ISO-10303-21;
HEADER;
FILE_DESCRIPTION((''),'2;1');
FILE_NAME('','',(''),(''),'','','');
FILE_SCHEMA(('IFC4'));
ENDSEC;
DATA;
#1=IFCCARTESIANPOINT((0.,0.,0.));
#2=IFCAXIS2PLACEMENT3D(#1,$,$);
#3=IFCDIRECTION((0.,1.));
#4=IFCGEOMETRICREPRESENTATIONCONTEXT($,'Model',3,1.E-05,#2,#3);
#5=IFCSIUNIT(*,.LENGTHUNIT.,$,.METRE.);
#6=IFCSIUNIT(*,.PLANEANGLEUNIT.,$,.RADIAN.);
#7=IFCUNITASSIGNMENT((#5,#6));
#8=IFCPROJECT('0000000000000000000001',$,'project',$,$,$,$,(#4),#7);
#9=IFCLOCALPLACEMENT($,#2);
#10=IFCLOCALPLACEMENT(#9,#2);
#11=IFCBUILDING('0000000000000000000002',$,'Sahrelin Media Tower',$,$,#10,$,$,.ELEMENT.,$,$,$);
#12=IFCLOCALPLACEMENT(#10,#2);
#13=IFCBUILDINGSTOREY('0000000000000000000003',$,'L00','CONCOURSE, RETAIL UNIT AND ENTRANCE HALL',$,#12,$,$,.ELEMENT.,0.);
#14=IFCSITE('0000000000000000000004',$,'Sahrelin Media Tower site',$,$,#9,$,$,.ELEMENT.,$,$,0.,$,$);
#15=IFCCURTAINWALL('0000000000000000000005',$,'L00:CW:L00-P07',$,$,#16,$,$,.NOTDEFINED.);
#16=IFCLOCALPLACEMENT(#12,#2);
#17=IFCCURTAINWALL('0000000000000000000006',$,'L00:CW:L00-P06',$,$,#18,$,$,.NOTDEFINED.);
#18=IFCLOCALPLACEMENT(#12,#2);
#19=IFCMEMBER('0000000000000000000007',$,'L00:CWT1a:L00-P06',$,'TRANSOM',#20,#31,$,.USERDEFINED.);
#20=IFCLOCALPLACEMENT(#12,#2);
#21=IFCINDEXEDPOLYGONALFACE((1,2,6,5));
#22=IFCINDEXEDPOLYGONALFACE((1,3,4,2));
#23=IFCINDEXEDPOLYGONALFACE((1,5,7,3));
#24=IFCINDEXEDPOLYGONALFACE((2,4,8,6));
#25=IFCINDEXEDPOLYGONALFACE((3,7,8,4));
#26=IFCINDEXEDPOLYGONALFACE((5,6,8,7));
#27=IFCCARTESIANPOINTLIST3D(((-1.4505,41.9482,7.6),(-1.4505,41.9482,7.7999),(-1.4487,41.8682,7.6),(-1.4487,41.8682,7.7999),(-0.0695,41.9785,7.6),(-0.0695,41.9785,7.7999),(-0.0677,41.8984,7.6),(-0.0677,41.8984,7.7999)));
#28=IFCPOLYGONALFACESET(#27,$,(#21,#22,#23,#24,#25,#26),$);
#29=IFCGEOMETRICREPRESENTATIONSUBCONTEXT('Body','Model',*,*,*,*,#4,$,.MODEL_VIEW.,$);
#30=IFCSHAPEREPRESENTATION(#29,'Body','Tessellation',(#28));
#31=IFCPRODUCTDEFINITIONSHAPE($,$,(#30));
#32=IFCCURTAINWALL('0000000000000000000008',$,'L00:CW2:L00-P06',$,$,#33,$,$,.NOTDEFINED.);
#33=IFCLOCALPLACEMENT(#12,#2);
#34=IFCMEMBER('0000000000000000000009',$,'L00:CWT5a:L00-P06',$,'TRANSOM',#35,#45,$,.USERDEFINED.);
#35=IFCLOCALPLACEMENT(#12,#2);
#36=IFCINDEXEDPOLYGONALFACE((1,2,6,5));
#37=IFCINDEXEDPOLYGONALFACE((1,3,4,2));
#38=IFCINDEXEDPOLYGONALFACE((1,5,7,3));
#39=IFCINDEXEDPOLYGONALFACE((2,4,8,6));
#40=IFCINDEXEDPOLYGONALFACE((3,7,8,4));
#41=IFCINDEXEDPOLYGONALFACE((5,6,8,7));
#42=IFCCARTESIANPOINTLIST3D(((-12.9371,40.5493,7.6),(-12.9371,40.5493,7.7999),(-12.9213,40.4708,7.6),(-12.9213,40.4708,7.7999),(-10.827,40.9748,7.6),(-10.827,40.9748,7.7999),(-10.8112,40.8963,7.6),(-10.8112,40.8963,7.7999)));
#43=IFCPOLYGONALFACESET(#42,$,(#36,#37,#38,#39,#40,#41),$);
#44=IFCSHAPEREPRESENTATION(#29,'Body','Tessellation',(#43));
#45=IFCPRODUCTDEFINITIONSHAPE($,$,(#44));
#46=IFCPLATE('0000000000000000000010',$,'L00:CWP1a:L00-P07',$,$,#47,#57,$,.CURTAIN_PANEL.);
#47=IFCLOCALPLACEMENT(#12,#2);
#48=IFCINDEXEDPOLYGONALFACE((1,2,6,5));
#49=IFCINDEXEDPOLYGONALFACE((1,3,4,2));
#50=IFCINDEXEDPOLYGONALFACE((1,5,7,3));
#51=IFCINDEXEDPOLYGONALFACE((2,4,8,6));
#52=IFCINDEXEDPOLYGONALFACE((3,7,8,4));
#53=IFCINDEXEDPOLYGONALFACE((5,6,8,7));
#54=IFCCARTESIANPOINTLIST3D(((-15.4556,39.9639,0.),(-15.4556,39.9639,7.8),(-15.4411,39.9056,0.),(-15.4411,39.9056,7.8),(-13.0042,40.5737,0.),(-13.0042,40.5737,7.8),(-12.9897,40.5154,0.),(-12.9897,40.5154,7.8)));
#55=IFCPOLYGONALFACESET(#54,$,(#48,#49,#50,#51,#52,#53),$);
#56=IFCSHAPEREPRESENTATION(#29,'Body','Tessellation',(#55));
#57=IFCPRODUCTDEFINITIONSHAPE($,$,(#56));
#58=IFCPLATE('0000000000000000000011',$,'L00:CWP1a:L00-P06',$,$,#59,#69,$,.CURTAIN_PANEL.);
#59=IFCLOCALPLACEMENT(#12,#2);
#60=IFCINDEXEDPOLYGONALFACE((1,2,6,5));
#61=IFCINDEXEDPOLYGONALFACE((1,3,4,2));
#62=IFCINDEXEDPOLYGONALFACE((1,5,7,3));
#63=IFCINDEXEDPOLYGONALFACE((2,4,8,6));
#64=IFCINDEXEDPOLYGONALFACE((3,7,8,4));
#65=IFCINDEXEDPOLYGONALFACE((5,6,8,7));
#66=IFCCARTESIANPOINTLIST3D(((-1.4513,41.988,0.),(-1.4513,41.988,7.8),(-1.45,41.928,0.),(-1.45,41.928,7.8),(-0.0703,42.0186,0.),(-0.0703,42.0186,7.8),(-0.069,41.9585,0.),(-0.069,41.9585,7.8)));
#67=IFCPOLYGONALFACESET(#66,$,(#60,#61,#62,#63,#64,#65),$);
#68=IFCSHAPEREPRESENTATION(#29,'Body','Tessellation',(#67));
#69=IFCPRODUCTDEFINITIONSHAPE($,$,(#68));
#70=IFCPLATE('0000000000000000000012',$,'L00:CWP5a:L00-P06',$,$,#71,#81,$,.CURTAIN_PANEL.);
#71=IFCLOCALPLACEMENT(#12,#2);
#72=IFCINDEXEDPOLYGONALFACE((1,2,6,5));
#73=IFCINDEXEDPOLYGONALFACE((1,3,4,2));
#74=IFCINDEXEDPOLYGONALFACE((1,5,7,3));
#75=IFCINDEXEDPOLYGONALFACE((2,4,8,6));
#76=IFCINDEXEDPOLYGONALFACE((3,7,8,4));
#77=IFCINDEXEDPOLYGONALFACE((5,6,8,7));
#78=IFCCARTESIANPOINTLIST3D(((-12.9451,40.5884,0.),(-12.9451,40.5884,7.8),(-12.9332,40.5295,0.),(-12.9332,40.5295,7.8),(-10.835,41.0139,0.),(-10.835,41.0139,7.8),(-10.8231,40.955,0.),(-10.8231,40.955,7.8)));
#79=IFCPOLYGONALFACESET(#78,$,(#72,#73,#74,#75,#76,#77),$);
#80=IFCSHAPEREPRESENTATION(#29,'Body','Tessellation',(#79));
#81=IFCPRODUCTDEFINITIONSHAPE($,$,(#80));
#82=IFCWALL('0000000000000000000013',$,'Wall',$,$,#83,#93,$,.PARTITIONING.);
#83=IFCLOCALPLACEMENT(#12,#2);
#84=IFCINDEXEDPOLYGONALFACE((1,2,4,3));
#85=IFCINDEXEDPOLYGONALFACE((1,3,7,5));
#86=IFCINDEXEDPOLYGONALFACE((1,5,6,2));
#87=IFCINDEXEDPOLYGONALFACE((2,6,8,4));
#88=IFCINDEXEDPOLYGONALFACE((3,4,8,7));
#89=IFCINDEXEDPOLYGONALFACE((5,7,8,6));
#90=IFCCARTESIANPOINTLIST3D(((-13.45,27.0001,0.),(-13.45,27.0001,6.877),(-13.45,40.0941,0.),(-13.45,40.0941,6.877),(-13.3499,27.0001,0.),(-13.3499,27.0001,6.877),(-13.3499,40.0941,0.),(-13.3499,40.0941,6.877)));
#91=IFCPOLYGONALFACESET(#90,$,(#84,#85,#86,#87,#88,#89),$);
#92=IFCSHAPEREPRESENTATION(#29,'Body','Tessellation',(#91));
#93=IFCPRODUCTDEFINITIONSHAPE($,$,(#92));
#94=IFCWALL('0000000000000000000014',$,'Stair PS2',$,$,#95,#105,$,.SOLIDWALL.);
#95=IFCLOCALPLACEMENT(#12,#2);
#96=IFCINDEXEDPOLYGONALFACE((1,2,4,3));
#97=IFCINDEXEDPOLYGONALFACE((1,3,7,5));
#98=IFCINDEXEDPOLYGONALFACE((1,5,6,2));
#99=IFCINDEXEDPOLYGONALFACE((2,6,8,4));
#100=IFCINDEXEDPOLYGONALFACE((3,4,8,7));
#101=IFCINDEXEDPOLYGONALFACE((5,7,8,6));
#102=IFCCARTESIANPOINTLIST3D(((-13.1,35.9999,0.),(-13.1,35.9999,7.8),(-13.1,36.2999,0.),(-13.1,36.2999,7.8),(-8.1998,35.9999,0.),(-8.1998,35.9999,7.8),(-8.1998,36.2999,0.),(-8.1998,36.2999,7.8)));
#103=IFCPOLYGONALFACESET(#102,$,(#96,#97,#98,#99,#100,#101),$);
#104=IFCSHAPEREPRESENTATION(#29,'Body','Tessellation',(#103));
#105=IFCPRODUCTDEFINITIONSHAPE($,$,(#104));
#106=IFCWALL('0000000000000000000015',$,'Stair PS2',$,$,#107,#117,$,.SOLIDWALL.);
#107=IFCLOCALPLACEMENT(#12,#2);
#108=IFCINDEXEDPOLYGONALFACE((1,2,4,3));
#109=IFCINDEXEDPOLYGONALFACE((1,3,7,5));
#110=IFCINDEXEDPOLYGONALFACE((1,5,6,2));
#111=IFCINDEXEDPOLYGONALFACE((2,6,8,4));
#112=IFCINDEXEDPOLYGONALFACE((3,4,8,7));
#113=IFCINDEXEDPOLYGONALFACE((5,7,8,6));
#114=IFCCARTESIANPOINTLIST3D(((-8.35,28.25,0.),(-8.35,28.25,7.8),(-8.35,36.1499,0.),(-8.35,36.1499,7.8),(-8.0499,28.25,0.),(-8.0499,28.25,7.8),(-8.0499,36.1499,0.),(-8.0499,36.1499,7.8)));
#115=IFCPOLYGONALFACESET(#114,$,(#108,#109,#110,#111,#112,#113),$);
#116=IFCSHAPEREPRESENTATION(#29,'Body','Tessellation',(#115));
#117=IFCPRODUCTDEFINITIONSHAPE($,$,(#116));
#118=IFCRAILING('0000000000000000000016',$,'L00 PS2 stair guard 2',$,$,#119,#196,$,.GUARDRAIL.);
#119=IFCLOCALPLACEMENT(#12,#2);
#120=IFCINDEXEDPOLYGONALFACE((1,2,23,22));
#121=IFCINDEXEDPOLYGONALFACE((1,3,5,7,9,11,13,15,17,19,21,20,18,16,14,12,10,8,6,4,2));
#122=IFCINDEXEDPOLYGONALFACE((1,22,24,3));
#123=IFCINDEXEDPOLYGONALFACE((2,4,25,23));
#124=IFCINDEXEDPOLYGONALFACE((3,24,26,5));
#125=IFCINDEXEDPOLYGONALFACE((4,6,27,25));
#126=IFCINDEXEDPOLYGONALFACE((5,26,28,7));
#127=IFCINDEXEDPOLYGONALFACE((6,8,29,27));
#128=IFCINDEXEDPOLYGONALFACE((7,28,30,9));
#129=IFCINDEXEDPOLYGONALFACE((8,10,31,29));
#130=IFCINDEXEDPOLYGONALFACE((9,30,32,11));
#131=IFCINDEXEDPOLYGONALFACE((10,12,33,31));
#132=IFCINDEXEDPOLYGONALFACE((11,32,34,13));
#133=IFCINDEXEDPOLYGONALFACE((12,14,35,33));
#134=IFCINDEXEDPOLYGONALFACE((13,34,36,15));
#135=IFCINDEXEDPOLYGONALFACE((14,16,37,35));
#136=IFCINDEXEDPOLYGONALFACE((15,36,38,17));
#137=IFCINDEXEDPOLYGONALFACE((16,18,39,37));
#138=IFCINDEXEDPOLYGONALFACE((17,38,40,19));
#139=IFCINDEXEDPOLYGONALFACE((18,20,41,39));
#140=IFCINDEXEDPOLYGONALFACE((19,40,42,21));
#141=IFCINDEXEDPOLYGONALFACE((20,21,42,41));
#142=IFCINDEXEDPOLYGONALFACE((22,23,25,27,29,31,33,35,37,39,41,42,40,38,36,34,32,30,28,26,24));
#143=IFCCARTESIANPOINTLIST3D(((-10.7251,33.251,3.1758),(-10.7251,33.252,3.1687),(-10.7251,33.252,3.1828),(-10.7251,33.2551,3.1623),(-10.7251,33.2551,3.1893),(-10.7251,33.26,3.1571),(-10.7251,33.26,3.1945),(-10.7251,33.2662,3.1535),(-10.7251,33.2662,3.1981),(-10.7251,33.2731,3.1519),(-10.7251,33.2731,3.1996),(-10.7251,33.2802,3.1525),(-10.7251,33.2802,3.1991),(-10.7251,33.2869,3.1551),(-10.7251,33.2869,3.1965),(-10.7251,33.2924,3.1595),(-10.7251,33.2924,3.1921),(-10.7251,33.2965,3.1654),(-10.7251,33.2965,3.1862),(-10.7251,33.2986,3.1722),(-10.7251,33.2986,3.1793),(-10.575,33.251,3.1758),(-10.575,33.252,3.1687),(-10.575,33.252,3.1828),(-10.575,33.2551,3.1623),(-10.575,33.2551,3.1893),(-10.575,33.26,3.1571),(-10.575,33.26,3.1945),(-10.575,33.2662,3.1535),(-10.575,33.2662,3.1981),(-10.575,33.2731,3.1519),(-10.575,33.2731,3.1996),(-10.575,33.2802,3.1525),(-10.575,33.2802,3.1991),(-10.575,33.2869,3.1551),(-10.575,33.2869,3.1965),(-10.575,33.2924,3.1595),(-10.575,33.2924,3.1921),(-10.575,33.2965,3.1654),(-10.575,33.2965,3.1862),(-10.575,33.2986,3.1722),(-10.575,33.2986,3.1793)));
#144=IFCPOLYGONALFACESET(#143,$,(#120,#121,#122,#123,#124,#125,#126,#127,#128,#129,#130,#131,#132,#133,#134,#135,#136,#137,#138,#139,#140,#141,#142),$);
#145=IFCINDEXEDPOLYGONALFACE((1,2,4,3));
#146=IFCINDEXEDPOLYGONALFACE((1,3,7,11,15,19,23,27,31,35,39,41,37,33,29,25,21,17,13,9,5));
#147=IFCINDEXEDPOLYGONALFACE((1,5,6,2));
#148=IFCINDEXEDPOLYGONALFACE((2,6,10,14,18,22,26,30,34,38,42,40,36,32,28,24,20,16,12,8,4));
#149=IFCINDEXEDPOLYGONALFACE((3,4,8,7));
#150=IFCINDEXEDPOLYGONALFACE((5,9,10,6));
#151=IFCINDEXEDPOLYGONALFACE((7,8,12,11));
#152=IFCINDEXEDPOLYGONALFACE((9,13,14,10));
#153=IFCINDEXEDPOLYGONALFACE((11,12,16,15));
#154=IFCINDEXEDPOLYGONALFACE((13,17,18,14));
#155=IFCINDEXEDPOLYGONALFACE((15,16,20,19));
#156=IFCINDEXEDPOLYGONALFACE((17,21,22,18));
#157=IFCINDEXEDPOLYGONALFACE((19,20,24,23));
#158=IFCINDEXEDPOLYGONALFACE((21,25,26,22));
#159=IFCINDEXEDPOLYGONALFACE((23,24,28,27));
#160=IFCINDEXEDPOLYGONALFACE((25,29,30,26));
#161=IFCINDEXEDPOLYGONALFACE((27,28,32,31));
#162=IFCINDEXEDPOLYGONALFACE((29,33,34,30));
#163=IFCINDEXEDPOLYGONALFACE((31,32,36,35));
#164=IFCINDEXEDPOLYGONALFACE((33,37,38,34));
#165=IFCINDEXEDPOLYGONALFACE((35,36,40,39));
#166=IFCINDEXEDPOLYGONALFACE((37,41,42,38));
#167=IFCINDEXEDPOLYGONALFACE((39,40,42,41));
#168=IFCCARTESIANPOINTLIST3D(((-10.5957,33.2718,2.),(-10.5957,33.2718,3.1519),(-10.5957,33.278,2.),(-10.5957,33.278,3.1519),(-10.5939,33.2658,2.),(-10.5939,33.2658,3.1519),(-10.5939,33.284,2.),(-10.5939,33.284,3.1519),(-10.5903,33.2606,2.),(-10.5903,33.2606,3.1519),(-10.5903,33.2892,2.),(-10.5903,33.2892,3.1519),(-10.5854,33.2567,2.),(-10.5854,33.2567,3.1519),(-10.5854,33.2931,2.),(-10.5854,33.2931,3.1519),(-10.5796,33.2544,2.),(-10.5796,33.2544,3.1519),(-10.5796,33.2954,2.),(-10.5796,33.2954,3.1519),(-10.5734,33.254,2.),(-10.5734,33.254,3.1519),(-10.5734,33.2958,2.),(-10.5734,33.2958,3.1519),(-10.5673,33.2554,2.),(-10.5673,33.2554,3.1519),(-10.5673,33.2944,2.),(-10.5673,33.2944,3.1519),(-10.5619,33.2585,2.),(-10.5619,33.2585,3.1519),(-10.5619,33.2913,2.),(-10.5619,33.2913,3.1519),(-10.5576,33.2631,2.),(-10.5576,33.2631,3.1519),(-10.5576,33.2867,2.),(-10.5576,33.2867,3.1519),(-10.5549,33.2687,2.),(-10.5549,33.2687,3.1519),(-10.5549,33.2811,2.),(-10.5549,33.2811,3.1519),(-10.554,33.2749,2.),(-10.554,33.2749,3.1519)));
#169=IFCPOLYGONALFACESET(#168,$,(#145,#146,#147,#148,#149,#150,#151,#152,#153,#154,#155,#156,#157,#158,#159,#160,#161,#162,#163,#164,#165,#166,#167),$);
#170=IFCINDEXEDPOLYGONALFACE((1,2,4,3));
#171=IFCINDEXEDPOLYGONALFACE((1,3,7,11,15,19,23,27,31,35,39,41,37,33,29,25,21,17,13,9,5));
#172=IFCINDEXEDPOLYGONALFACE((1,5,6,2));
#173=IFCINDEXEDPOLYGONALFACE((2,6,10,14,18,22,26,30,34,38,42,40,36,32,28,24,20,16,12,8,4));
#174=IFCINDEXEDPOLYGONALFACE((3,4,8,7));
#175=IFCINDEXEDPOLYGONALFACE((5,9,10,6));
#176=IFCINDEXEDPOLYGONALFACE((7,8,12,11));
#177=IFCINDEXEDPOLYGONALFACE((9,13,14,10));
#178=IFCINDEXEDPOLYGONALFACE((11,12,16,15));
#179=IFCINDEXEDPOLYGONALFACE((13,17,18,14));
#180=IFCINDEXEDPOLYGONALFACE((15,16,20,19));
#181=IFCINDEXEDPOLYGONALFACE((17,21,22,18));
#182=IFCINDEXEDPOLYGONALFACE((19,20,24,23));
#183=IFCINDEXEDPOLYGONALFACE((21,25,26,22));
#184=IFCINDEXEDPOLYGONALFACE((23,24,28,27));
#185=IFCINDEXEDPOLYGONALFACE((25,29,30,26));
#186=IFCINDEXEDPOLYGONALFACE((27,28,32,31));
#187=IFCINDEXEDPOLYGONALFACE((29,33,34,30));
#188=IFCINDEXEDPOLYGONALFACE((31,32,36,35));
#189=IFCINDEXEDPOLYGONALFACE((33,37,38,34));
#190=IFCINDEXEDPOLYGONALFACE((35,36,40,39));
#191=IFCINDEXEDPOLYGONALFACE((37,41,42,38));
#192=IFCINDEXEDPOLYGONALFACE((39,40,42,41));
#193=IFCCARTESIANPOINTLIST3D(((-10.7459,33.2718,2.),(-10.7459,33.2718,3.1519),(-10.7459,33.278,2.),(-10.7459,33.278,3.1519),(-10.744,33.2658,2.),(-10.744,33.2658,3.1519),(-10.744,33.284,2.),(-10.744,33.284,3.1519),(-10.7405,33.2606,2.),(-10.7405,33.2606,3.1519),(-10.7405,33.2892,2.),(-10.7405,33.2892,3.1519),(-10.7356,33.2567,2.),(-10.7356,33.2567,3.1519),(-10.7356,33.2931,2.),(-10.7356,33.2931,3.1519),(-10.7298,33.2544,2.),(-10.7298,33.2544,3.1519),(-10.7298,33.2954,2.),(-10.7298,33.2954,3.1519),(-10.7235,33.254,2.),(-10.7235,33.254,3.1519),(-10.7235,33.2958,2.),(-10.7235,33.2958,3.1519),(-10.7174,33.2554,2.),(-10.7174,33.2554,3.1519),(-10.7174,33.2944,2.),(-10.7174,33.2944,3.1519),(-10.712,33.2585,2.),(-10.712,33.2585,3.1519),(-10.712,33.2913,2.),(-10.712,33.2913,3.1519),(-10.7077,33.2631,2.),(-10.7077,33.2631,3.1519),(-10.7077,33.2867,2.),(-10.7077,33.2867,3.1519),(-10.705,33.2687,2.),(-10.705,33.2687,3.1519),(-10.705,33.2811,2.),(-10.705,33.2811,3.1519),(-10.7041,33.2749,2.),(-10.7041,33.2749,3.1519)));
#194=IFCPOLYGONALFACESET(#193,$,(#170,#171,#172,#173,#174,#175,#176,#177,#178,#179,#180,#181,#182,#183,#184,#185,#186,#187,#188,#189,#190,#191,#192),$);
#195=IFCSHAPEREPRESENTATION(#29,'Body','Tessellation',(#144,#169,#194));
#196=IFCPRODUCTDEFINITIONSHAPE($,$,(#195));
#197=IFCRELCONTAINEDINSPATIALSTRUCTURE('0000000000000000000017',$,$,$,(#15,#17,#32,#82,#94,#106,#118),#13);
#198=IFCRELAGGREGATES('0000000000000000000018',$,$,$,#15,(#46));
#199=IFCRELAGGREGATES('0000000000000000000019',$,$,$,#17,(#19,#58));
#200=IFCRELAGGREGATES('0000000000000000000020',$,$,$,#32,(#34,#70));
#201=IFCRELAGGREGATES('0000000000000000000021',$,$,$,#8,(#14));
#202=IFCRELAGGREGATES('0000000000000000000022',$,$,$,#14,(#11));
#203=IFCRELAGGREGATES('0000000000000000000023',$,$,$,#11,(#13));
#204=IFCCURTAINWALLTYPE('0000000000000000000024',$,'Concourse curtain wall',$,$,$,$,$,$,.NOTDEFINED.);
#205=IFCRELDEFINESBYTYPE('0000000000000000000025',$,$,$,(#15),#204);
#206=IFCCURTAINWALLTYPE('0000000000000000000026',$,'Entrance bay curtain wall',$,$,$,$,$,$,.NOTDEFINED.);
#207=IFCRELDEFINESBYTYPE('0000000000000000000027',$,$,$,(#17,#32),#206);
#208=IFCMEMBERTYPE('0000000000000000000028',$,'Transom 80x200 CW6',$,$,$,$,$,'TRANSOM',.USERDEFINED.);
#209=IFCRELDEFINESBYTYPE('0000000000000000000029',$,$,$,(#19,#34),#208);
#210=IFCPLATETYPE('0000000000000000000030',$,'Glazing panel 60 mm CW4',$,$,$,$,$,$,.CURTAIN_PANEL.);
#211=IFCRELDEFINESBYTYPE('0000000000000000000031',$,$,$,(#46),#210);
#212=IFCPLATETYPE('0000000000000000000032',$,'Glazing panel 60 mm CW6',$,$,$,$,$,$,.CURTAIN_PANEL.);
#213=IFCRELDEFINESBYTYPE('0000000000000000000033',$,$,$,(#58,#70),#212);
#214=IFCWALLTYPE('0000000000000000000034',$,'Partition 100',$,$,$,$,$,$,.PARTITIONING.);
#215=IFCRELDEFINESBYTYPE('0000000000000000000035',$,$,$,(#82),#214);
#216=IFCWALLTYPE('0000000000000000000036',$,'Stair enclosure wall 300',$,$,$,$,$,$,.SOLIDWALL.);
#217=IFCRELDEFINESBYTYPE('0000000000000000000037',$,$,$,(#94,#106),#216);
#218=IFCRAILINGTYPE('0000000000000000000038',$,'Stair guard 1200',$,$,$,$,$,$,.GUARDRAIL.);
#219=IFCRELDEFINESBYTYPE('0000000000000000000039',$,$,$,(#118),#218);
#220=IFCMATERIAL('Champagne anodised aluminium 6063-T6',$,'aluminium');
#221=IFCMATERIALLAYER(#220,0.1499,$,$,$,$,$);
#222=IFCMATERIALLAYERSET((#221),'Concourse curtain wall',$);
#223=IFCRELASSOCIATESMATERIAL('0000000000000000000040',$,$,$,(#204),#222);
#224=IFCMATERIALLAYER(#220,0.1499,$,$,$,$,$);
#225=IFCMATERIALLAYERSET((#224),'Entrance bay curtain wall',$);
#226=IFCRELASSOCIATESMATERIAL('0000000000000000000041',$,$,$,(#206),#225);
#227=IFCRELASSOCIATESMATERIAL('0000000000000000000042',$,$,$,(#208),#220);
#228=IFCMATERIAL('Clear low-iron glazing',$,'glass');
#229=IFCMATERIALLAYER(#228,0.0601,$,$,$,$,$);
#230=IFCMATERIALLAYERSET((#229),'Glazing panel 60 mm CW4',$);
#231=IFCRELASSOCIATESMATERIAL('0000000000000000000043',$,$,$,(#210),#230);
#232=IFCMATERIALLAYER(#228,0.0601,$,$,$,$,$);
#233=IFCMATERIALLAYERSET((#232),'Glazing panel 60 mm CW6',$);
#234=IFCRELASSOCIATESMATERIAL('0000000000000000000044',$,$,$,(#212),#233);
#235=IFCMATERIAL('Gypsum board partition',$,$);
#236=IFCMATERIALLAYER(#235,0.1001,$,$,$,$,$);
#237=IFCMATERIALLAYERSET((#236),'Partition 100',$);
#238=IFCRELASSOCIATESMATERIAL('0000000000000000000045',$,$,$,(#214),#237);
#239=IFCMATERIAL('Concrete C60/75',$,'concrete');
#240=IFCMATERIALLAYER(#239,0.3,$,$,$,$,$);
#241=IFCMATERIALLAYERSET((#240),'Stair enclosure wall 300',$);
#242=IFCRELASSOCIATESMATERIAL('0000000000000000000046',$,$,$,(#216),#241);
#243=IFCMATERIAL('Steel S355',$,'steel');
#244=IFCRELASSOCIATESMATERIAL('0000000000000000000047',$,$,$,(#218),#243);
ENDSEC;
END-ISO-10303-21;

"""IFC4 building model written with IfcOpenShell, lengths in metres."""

from ifc_helpers import new_model, si_unit, direction, frame, frame_2d, origin, origin_2d, place, context, subcontext, project, spatial, polyline, rectangle, circle, outline, extrude, material, layer, layer_set, material_profile, profile_set, type_object, element, aggregate, save


model = new_model("IFC4")

# Units and contexts
model_context = context("Model", 3, precision=1e-05, world=origin(), true_north=direction((0.0, 1.0)))
body_context = subcontext(model_context, "Body", "Model", "MODEL_VIEW")
ifc_project = project(units=[si_unit("LENGTHUNIT", "METRE"), si_unit("PLANEANGLEUNIT", "RADIAN")], contexts=[model_context])

# Site, building, storey
site_placement = place(None, origin())
site = spatial("IfcSite", under=ifc_project, at=site_placement, Name="Sahrelin Media Tower site", CompositionType="ELEMENT", RefElevation=0.0)
building_placement = place(site_placement, origin())
building = spatial("IfcBuilding", under=site, at=building_placement, Name="Sahrelin Media Tower", CompositionType="ELEMENT")
storey_placement = place(building_placement, origin())
storey = spatial("IfcBuildingStorey", under=building, at=storey_placement, Name="L00", Description="CONCOURSE, RETAIL UNIT AND ENTRANCE HALL", CompositionType="ELEMENT", Elevation=0.0)

# Curtain wall
ifc_material_1 = material(Name="Champagne anodised aluminium 6063-T6", Category="aluminium")
ifc_layer_1 = layer(ifc_material_1, 0.1499)
ifc_layer_set_1 = layer_set([ifc_layer_1], Name="Concourse curtain wall")
curtain_wall_type_1 = type_object("IfcCurtainWallType", Name="Concourse curtain wall", PredefinedType="NOTDEFINED", material=ifc_layer_set_1)
curtain_wall_1_placement = place(storey_placement, frame((-12.9409, 40.5688, 0.0), z_axis=(0.0, 0.0, 1.0), x_axis=(1.0, 0.0, 0.0)))
curtain_wall_1 = element("IfcCurtainWall", 1, at=curtain_wall_1_placement, inside=storey, type_object=curtain_wall_type_1, Name="L00:CW:L00-P07", PredefinedType="NOTDEFINED")

# Shared definitions
ifc_material_2 = material(Name="Steel S355", Category="steel")

# Curtain walls, members
ifc_layer_2 = layer(ifc_material_1, 0.1499)
ifc_layer_set_2 = layer_set([ifc_layer_2], Name="Entrance bay curtain wall")
curtain_wall_type_2 = type_object("IfcCurtainWallType", Name="Entrance bay curtain wall", PredefinedType="NOTDEFINED", material=ifc_layer_set_2)
curtain_wall_2_placement = place(storey_placement, frame((0.0, 42.0, 0.0), z_axis=(0.0, 0.0, 1.0), x_axis=(1.0, 0.0, 0.0)))
curtain_wall_2 = element("IfcCurtainWall", 2, at=curtain_wall_2_placement, inside=storey, type_object=curtain_wall_type_2, Name="L00:CW:L00-P06", PredefinedType="NOTDEFINED")
ifc_material_profile_1 = material_profile(ifc_material_1, rectangle(XDim=0.0801, YDim=0.2, at=origin_2d()), Name="Transom 80x200")
ifc_profile_set_1 = profile_set([ifc_material_profile_1], Name="Champagne anodised aluminium 6063-T6")
member_type_1 = type_object("IfcMemberType", Name="Transom 80x200 CW6", ElementType="TRANSOM", PredefinedType="USERDEFINED", material=ifc_profile_set_1)
member_1_placement = place(storey_placement, frame((-0.0686, 41.9385, 7.7), z_axis=(-0.99976, -0.021914, 0.0), x_axis=(0.021914, -0.99976, 0.0)))
member_1 = element("IfcMember", 3, at=member_1_placement, type_object=member_type_1, Name="L00:CWT1a:L00-P06", ObjectType="TRANSOM", PredefinedType="USERDEFINED", context=body_context, shape_type="SweptSolid", body=[
    extrude(rectangle(XDim=0.0801, YDim=0.2, at=origin_2d()), origin(), (0.0, 0.0, 1.0), 1.3813),
])
curtain_wall_3_placement = place(storey_placement, frame((-10.8311, 40.9944, 0.0), z_axis=(0.0, 0.0, 1.0), x_axis=(1.0, 0.0, 0.0)))
curtain_wall_3 = element("IfcCurtainWall", 4, at=curtain_wall_3_placement, inside=storey, type_object=curtain_wall_type_2, Name="L00:CW2:L00-P06", PredefinedType="NOTDEFINED")
member_2_placement = place(storey_placement, frame((-10.8191, 40.9355, 7.7), z_axis=(-0.980265, -0.197686, 0.0), x_axis=(0.197686, -0.980265, 0.0)))
member_2 = element("IfcMember", 5, at=member_2_placement, type_object=member_type_1, Name="L00:CWT5a:L00-P06", ObjectType="TRANSOM", PredefinedType="USERDEFINED", context=body_context, shape_type="SweptSolid", body=[
    extrude(rectangle(XDim=0.0801, YDim=0.2, at=origin_2d()), origin(), (0.0, 0.0, 1.0), 2.1526),
])

# Plates
ifc_material_3 = material(Name="Clear low-iron glazing", Category="glass")
ifc_layer_3 = layer(ifc_material_3, 0.0601)
ifc_layer_set_3 = layer_set([ifc_layer_3], Name="Glazing panel 60 mm CW4")
plate_type_1 = type_object("IfcPlateType", Name="Glazing panel 60 mm CW4", PredefinedType="CURTAIN_PANEL", material=ifc_layer_set_3)
plate_1_placement = place(storey_placement, frame((-13.0042, 40.5737, 0.0), z_axis=(-0.241421, 0.97042, 0.0), x_axis=(-0.97042, -0.241421, 0.0)))
plate_1 = element("IfcPlate", 6, at=plate_1_placement, type_object=plate_type_1, Name="L00:CWP1a:L00-P07", PredefinedType="CURTAIN_PANEL", context=body_context, shape_type="SweptSolid", body=[
    extrude(outline(polyline([(0.0, 0.0), (2.5261, 0.0), (2.5261, 7.8), (0.0, 7.8), (0.0, 0.0)])), origin(), (0.0, 0.0, -1.0), 0.0601),
])
aggregate(curtain_wall_1, [plate_1])
ifc_layer_4 = layer(ifc_material_3, 0.0601)
ifc_layer_set_4 = layer_set([ifc_layer_4], Name="Glazing panel 60 mm CW6")
plate_type_2 = type_object("IfcPlateType", Name="Glazing panel 60 mm CW6", PredefinedType="CURTAIN_PANEL", material=ifc_layer_set_4)
plate_2_placement = place(storey_placement, frame((-0.0703, 42.0186, 0.0), z_axis=(-0.022091, 0.999756, 0.0), x_axis=(-0.999756, -0.022091, 0.0)))
plate_2 = element("IfcPlate", 7, at=plate_2_placement, type_object=plate_type_2, Name="L00:CWP1a:L00-P06", PredefinedType="CURTAIN_PANEL", context=body_context, shape_type="SweptSolid", body=[
    extrude(outline(polyline([(0.0, 0.0), (1.3813, 0.0), (1.3813, 7.8), (0.0, 7.8), (0.0, 0.0)])), origin(), (0.0, 0.0, -1.0), 0.0601),
])
aggregate(curtain_wall_2, [member_1, plate_2])
plate_3_placement = place(storey_placement, frame((-10.835, 41.0139, 0.0), z_axis=(-0.197686, 0.980265, 0.0), x_axis=(-0.980265, -0.197686, 0.0)))
plate_3 = element("IfcPlate", 8, at=plate_3_placement, type_object=plate_type_2, Name="L00:CWP5a:L00-P06", PredefinedType="CURTAIN_PANEL", context=body_context, shape_type="SweptSolid", body=[
    extrude(outline(polyline([(0.0, 0.0), (2.1526, 0.0), (2.1526, 7.8), (0.0, 7.8), (0.0, 0.0)])), origin(), (0.0, 0.0, -1.0), 0.0601),
])
aggregate(curtain_wall_3, [member_2, plate_3])

# Walls
ifc_material_4 = material(Name="Gypsum board partition")
ifc_layer_5 = layer(ifc_material_4, 0.1001)
ifc_layer_set_5 = layer_set([ifc_layer_5], Name="Partition 100")
wall_type_1 = type_object("IfcWallType", Name="Partition 100", PredefinedType="PARTITIONING", material=ifc_layer_set_5)
wall_1_placement = place(storey_placement, frame((-13.3999, 40.094, 0.0), z_axis=(0.0, 0.0, 1.0), x_axis=(0.0, -1.0, 0.0)))
element("IfcWall", 9, at=wall_1_placement, inside=storey, type_object=wall_type_1, Name="Wall", PredefinedType="PARTITIONING", context=body_context, shape_type="SweptSolid", body=[
    extrude(rectangle(XDim=13.094, YDim=0.1001, at=frame_2d((6.5469, 0.0))), origin(), (0.0, 0.0, 1.0), 6.877),
])
ifc_material_5 = material(Name="Concrete C60/75", Category="concrete")
ifc_layer_6 = layer(ifc_material_5, 0.3)
ifc_layer_set_6 = layer_set([ifc_layer_6], Name="Stair enclosure wall 300")
wall_type_2 = type_object("IfcWallType", Name="Stair enclosure wall 300", PredefinedType="SOLIDWALL", material=ifc_layer_set_6)
wall_2_placement = place(storey_placement, frame((-13.1001, 36.1499, 0.0), z_axis=(0.0, 0.0, 1.0), x_axis=(1.0, 0.0, 0.0)))
element("IfcWall", 10, at=wall_2_placement, inside=storey, type_object=wall_type_2, Name="Stair PS2", PredefinedType="SOLIDWALL", context=body_context, shape_type="SweptSolid", body=[
    extrude(rectangle(XDim=4.9001, YDim=0.3, at=frame_2d((2.4502, 0.0))), origin(), (0.0, 0.0, 1.0), 7.8),
])
wall_3_placement = place(storey_placement, frame((-8.2, 36.1499, 0.0), z_axis=(0.0, 0.0, 1.0), x_axis=(0.0, -1.0, 0.0)))
element("IfcWall", 11, at=wall_3_placement, inside=storey, type_object=wall_type_2, Name="Stair PS2", PredefinedType="SOLIDWALL", context=body_context, shape_type="SweptSolid", body=[
    extrude(rectangle(XDim=7.8999, YDim=0.3, at=frame_2d((3.95, 0.0))), origin(), (0.0, 0.0, 1.0), 7.8),
])

# Railing
railing_type = type_object("IfcRailingType", Name="Stair guard 1200", PredefinedType="GUARDRAIL", material=ifc_material_2)
railing_1_placement = place(storey_placement, frame((-10.575, 33.2749, 2.0)))
element("IfcRailing", 12, at=railing_1_placement, inside=storey, type_object=railing_type, Name="L00 PS2 stair guard 2", PredefinedType="GUARDRAIL", context=body_context, shape_type="SweptSolid", body=[
    extrude(circle(Radius=0.0239, at=origin_2d()), frame((0.0, 0.0, 1.1758), z_axis=(-1.0, 0.0, 0.0), x_axis=(0.0, -1.0, 0.0)), (0.0, 0.0, 1.0), 0.1501),
    extrude(circle(Radius=0.021, at=origin_2d()), origin(), (0.0, 0.0, 1.0), 1.1519),
    extrude(circle(Radius=0.021, at=origin_2d()), frame((-0.1501, 0.0, 0.0)), (0.0, 0.0, 1.0), 1.1519),
])

save(model, "model.ifc")
